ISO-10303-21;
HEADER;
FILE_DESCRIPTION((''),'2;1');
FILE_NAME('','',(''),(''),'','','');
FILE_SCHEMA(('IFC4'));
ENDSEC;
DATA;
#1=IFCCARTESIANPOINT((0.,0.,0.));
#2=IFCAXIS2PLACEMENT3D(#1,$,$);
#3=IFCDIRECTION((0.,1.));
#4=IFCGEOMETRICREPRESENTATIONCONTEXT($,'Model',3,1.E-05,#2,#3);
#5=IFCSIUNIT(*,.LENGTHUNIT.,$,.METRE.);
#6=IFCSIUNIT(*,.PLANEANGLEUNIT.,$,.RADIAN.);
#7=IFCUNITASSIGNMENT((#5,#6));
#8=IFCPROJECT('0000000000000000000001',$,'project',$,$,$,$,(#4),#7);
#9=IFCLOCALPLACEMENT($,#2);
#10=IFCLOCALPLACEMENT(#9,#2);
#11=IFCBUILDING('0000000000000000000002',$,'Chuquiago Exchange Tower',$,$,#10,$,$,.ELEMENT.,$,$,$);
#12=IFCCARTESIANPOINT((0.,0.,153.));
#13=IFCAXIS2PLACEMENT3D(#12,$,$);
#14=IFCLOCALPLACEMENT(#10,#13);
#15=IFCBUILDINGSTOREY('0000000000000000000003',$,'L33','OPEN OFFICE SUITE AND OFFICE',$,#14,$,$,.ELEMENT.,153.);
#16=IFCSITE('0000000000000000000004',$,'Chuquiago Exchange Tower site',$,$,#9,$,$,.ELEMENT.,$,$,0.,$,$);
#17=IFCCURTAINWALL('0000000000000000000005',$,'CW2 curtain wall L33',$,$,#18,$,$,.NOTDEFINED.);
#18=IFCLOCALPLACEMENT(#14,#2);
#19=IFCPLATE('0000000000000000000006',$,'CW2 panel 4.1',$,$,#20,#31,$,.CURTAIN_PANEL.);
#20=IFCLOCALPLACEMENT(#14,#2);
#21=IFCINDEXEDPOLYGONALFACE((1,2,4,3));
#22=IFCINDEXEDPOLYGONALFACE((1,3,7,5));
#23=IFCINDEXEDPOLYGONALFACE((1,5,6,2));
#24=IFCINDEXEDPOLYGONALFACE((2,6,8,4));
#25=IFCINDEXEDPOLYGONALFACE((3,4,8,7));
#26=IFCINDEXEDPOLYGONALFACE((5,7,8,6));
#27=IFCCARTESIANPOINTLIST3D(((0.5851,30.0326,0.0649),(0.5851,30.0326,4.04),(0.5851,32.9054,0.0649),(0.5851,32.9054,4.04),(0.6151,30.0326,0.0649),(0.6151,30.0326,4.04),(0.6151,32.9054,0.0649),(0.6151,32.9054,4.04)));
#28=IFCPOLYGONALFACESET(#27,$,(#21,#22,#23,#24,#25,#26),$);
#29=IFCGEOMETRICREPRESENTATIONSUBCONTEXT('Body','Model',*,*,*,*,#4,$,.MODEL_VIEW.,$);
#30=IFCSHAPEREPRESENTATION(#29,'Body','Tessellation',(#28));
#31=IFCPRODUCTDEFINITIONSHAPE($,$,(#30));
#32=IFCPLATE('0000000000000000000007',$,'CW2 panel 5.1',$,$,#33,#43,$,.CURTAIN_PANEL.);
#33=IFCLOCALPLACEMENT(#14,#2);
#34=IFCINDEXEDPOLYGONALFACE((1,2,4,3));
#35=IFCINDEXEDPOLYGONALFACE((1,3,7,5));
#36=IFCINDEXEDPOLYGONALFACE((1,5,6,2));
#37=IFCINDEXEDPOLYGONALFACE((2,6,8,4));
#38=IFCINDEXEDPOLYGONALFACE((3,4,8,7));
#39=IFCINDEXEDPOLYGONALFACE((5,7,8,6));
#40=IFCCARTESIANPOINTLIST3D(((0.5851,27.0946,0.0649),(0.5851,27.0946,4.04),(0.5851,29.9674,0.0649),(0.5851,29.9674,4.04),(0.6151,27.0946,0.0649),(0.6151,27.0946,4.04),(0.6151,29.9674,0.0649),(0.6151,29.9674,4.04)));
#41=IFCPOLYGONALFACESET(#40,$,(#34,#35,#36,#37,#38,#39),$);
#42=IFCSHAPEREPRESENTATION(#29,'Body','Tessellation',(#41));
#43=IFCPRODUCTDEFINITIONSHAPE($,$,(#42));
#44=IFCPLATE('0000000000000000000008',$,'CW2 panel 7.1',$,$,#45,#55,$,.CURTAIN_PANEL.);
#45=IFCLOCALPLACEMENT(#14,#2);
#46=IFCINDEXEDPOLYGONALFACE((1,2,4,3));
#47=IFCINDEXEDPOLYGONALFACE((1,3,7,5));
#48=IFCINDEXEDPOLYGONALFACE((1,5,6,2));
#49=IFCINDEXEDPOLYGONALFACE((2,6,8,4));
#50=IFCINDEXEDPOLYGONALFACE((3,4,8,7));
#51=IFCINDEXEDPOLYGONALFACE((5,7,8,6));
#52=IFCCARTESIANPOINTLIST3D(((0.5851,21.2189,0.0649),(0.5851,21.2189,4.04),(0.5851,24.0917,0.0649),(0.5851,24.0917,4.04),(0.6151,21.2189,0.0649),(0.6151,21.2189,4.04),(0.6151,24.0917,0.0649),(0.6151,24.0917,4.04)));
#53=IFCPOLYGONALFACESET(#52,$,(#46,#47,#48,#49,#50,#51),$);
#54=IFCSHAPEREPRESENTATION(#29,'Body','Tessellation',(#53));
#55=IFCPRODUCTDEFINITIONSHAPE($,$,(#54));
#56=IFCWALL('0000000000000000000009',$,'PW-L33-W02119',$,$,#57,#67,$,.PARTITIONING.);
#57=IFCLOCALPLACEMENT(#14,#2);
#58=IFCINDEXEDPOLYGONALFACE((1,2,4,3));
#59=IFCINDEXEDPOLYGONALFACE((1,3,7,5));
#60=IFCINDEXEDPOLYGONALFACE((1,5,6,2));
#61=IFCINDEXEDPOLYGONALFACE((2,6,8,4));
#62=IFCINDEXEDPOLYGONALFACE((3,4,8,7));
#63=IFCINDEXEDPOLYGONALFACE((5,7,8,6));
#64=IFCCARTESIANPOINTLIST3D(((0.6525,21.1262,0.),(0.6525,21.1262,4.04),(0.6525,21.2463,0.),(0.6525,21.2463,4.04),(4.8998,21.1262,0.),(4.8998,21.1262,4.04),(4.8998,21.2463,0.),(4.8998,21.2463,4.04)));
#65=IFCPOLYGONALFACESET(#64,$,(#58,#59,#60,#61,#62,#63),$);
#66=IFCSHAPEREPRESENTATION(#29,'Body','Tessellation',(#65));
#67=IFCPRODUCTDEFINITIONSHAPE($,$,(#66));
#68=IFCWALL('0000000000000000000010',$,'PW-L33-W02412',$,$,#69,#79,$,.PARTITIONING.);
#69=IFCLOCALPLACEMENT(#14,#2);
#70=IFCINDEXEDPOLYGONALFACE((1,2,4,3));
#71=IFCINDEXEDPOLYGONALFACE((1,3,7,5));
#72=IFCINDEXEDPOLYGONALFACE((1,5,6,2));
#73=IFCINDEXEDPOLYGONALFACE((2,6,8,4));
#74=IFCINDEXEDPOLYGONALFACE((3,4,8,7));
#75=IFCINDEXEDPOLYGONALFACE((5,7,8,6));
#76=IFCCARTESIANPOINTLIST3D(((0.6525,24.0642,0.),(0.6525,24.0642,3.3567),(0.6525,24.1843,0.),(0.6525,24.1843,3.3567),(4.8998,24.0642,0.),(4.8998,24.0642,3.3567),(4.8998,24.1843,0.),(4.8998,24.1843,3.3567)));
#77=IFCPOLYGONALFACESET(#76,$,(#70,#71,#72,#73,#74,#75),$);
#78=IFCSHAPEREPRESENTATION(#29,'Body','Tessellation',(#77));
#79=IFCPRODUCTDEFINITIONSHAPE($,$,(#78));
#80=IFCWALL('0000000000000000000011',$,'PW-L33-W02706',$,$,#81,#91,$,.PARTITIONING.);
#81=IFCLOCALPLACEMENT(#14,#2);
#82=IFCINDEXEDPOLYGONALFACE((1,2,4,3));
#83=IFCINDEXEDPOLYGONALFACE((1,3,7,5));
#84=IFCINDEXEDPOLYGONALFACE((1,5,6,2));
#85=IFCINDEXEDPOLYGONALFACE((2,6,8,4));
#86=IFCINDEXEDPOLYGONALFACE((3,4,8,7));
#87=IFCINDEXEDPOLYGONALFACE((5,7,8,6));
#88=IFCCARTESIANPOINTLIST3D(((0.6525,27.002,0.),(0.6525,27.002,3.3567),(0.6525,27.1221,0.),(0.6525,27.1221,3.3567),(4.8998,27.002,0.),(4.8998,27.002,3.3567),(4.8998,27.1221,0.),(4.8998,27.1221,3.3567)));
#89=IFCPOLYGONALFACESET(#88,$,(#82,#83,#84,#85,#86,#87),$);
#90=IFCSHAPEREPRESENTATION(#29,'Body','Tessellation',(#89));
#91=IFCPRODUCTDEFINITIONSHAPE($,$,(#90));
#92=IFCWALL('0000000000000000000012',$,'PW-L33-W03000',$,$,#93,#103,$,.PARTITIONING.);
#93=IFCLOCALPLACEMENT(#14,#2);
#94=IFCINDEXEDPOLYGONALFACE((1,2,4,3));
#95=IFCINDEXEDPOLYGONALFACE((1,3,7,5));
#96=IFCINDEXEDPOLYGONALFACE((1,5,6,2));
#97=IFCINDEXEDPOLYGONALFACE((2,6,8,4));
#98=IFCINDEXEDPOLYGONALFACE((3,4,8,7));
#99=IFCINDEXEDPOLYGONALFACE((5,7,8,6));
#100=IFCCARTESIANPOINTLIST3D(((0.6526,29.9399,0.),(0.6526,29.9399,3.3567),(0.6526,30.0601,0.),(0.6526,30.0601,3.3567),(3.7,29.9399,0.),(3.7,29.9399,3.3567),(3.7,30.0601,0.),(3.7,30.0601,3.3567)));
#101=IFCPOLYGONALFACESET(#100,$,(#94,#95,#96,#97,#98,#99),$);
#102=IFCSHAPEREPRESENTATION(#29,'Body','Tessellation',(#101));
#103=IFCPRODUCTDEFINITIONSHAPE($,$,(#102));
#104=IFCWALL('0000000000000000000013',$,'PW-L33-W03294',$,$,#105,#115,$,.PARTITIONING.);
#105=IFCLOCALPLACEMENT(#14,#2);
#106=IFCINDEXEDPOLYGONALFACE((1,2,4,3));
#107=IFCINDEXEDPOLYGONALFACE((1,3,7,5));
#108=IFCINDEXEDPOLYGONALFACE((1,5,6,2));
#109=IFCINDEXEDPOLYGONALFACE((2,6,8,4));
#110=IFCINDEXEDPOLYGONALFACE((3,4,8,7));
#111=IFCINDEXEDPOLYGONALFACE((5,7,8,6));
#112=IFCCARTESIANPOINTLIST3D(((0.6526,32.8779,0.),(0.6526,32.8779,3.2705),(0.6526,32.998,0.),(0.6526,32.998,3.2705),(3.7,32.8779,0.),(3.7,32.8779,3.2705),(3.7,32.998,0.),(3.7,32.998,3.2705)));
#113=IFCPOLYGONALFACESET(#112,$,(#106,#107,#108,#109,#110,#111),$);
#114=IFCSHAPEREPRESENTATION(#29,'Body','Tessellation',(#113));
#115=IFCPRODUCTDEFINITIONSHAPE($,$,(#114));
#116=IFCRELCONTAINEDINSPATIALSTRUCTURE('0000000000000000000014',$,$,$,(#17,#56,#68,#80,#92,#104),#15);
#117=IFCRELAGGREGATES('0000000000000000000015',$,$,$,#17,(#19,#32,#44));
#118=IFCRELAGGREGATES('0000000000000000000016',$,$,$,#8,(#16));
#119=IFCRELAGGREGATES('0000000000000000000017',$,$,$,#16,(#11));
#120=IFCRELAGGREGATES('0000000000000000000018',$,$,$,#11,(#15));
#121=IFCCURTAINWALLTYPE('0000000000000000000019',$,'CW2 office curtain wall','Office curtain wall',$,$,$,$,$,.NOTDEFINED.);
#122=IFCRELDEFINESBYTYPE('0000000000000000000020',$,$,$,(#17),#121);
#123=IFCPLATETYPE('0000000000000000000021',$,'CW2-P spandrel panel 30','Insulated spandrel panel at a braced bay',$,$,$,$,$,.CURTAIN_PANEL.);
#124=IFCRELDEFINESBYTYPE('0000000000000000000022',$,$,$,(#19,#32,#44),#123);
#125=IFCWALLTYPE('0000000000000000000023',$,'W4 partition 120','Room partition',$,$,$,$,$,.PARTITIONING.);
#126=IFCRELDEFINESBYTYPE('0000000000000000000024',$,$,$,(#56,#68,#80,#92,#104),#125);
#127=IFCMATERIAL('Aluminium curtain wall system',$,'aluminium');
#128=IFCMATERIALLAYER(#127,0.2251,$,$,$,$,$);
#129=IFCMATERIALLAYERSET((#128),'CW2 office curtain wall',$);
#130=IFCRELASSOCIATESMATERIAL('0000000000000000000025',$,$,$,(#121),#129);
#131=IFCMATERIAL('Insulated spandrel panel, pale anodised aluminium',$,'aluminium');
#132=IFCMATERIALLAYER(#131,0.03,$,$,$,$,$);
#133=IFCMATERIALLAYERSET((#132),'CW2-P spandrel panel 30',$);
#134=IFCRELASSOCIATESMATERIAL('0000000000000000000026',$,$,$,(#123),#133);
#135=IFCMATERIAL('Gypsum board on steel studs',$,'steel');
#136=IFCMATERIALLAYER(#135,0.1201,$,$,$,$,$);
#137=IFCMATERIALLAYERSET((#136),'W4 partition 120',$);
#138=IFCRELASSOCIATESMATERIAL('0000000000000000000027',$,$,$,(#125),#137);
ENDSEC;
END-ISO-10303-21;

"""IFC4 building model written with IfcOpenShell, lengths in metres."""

from ifc_helpers import new_model, si_unit, direction, frame, frame_2d, origin, origin_2d, place, context, subcontext, project, spatial, rectangle, extrude, material, layer, layer_set, type_object, element, aggregate, save


model = new_model("IFC4")

# Units and contexts
model_context = context("Model", 3, precision=1e-05, world=origin(), true_north=direction((0.0, 1.0)))
body_context = subcontext(model_context, "Body", "Model", "MODEL_VIEW")
ifc_project = project(units=[si_unit("LENGTHUNIT", "METRE"), si_unit("PLANEANGLEUNIT", "RADIAN")], contexts=[model_context])

# Site, building, storey
site_placement = place(None, origin())
site = spatial("IfcSite", under=ifc_project, at=site_placement, Name="Chuquiago Exchange Tower site", CompositionType="ELEMENT", RefElevation=0.0)
building_placement = place(site_placement, origin())
building = spatial("IfcBuilding", under=site, at=building_placement, Name="Chuquiago Exchange Tower", CompositionType="ELEMENT")
storey_placement = place(building_placement, frame((0.0, 0.0, 153.0)))
storey = spatial("IfcBuildingStorey", under=building, at=storey_placement, Name="L33", Description="OPEN OFFICE SUITE AND OFFICE", CompositionType="ELEMENT", Elevation=153.0)

# Curtain wall
ifc_material_1 = material(Name="Aluminium curtain wall system", Category="aluminium")
ifc_layer_1 = layer(ifc_material_1, 0.2251)
ifc_layer_set_1 = layer_set([ifc_layer_1], Name="CW2 office curtain wall")
curtain_wall_type = type_object("IfcCurtainWallType", Name="CW2 office curtain wall", Description="Office curtain wall", PredefinedType="NOTDEFINED", material=ifc_layer_set_1)
curtain_wall_placement = place(storey_placement, origin())
curtain_wall = element("IfcCurtainWall", 1, at=curtain_wall_placement, inside=storey, type_object=curtain_wall_type, Name="CW2 curtain wall L33", PredefinedType="NOTDEFINED")

# Plates
ifc_material_2 = material(Name="Insulated spandrel panel, pale anodised aluminium", Category="aluminium")
ifc_layer_2 = layer(ifc_material_2, 0.03)
ifc_layer_set_2 = layer_set([ifc_layer_2], Name="CW2-P spandrel panel 30")
plate_type_1 = type_object("IfcPlateType", Name="CW2-P spandrel panel 30", Description="Insulated spandrel panel at a braced bay", PredefinedType="CURTAIN_PANEL", material=ifc_layer_set_2)
plate_1_placement = place(storey_placement, frame((0.6001, 31.469, 0.0649), z_axis=(0.0, 0.0, 1.0), x_axis=(0.0, -1.0, 0.0)))
plate_1 = element("IfcPlate", 2, at=plate_1_placement, type_object=plate_type_1, Name="CW2 panel 4.1", PredefinedType="CURTAIN_PANEL", context=body_context, shape_type="SweptSolid", body=[
    extrude(rectangle(XDim=2.8728, YDim=0.03, at=origin_2d()), origin(), (0.0, 0.0, 1.0), 3.9751),
])
plate_2_placement = place(storey_placement, frame((0.6001, 28.531, 0.0649), z_axis=(0.0, 0.0, 1.0), x_axis=(0.0, -1.0, 0.0)))
plate_2 = element("IfcPlate", 3, at=plate_2_placement, type_object=plate_type_1, Name="CW2 panel 5.1", PredefinedType="CURTAIN_PANEL", context=body_context, shape_type="SweptSolid", body=[
    extrude(rectangle(XDim=2.8728, YDim=0.03, at=origin_2d()), origin(), (0.0, 0.0, 1.0), 3.9751),
])
plate_3_placement = place(storey_placement, frame((0.6001, 22.6553, 0.0649), z_axis=(0.0, 0.0, 1.0), x_axis=(0.0, -1.0, 0.0)))
plate_3 = element("IfcPlate", 4, at=plate_3_placement, type_object=plate_type_1, Name="CW2 panel 7.1", PredefinedType="CURTAIN_PANEL", context=body_context, shape_type="SweptSolid", body=[
    extrude(rectangle(XDim=2.8728, YDim=0.03, at=origin_2d()), origin(), (0.0, 0.0, 1.0), 3.9751),
])
aggregate(curtain_wall, [plate_1, plate_2, plate_3])

# Walls
ifc_material_3 = material(Name="Gypsum board on steel studs", Category="steel")
ifc_layer_3 = layer(ifc_material_3, 0.1201)
ifc_layer_set_3 = layer_set([ifc_layer_3], Name="W4 partition 120")
wall_type = type_object("IfcWallType", Name="W4 partition 120", Description="Room partition", PredefinedType="PARTITIONING", material=ifc_layer_set_3)
wall_1_placement = place(storey_placement, frame((0.6526, 21.1863, 0.0), z_axis=(0.0, 0.0, 1.0), x_axis=(1.0, 0.0, 0.0)))
element("IfcWall", 5, at=wall_1_placement, inside=storey, type_object=wall_type, Name="PW-L33-W02119", PredefinedType="PARTITIONING", context=body_context, shape_type="SweptSolid", body=[
    extrude(rectangle(XDim=4.2473, YDim=0.1201, at=frame_2d((2.1235, 0.0))), origin(), (0.0, 0.0, 1.0), 4.04),
])
for number, where, z_axis, x_axis, name in (
    (6, (0.6526, 24.1243, 0.0), (0.0, 0.0, 1.0), (1.0, 0.0, 0.0), "PW-L33-W02412"),
    (7, (0.6526, 27.062, 0.0), (0.0, 0.0, 1.0), (1.0, 0.0, 0.0), "PW-L33-W02706"),
):
    element("IfcWall", number, at=place(storey_placement, frame(where, z_axis=z_axis, x_axis=x_axis)), inside=storey, type_object=wall_type, Name=name, PredefinedType="PARTITIONING", context=body_context, shape_type="SweptSolid", body=[
        extrude(rectangle(XDim=4.2473, YDim=0.1201, at=frame_2d((2.1235, 0.0))), origin(), (0.0, 0.0, 1.0), 3.3567),
    ])
wall_2_placement = place(storey_placement, frame((0.6526, 30.0, 0.0), z_axis=(0.0, 0.0, 1.0), x_axis=(1.0, 0.0, 0.0)))
element("IfcWall", 8, at=wall_2_placement, inside=storey, type_object=wall_type, Name="PW-L33-W03000", PredefinedType="PARTITIONING", context=body_context, shape_type="SweptSolid", body=[
    extrude(rectangle(XDim=3.0474, YDim=0.1201, at=frame_2d((1.5237, 0.0))), origin(), (0.0, 0.0, 1.0), 3.3567),
])
wall_3_placement = place(storey_placement, frame((0.6526, 32.938, 0.0), z_axis=(0.0, 0.0, 1.0), x_axis=(1.0, 0.0, 0.0)))
element("IfcWall", 9, at=wall_3_placement, inside=storey, type_object=wall_type, Name="PW-L33-W03294", PredefinedType="PARTITIONING", context=body_context, shape_type="SweptSolid", body=[
    extrude(rectangle(XDim=3.0474, YDim=0.1201, at=frame_2d((1.5237, 0.0))), origin(), (0.0, 0.0, 1.0), 3.2705),
])

save(model, "model.ifc")
